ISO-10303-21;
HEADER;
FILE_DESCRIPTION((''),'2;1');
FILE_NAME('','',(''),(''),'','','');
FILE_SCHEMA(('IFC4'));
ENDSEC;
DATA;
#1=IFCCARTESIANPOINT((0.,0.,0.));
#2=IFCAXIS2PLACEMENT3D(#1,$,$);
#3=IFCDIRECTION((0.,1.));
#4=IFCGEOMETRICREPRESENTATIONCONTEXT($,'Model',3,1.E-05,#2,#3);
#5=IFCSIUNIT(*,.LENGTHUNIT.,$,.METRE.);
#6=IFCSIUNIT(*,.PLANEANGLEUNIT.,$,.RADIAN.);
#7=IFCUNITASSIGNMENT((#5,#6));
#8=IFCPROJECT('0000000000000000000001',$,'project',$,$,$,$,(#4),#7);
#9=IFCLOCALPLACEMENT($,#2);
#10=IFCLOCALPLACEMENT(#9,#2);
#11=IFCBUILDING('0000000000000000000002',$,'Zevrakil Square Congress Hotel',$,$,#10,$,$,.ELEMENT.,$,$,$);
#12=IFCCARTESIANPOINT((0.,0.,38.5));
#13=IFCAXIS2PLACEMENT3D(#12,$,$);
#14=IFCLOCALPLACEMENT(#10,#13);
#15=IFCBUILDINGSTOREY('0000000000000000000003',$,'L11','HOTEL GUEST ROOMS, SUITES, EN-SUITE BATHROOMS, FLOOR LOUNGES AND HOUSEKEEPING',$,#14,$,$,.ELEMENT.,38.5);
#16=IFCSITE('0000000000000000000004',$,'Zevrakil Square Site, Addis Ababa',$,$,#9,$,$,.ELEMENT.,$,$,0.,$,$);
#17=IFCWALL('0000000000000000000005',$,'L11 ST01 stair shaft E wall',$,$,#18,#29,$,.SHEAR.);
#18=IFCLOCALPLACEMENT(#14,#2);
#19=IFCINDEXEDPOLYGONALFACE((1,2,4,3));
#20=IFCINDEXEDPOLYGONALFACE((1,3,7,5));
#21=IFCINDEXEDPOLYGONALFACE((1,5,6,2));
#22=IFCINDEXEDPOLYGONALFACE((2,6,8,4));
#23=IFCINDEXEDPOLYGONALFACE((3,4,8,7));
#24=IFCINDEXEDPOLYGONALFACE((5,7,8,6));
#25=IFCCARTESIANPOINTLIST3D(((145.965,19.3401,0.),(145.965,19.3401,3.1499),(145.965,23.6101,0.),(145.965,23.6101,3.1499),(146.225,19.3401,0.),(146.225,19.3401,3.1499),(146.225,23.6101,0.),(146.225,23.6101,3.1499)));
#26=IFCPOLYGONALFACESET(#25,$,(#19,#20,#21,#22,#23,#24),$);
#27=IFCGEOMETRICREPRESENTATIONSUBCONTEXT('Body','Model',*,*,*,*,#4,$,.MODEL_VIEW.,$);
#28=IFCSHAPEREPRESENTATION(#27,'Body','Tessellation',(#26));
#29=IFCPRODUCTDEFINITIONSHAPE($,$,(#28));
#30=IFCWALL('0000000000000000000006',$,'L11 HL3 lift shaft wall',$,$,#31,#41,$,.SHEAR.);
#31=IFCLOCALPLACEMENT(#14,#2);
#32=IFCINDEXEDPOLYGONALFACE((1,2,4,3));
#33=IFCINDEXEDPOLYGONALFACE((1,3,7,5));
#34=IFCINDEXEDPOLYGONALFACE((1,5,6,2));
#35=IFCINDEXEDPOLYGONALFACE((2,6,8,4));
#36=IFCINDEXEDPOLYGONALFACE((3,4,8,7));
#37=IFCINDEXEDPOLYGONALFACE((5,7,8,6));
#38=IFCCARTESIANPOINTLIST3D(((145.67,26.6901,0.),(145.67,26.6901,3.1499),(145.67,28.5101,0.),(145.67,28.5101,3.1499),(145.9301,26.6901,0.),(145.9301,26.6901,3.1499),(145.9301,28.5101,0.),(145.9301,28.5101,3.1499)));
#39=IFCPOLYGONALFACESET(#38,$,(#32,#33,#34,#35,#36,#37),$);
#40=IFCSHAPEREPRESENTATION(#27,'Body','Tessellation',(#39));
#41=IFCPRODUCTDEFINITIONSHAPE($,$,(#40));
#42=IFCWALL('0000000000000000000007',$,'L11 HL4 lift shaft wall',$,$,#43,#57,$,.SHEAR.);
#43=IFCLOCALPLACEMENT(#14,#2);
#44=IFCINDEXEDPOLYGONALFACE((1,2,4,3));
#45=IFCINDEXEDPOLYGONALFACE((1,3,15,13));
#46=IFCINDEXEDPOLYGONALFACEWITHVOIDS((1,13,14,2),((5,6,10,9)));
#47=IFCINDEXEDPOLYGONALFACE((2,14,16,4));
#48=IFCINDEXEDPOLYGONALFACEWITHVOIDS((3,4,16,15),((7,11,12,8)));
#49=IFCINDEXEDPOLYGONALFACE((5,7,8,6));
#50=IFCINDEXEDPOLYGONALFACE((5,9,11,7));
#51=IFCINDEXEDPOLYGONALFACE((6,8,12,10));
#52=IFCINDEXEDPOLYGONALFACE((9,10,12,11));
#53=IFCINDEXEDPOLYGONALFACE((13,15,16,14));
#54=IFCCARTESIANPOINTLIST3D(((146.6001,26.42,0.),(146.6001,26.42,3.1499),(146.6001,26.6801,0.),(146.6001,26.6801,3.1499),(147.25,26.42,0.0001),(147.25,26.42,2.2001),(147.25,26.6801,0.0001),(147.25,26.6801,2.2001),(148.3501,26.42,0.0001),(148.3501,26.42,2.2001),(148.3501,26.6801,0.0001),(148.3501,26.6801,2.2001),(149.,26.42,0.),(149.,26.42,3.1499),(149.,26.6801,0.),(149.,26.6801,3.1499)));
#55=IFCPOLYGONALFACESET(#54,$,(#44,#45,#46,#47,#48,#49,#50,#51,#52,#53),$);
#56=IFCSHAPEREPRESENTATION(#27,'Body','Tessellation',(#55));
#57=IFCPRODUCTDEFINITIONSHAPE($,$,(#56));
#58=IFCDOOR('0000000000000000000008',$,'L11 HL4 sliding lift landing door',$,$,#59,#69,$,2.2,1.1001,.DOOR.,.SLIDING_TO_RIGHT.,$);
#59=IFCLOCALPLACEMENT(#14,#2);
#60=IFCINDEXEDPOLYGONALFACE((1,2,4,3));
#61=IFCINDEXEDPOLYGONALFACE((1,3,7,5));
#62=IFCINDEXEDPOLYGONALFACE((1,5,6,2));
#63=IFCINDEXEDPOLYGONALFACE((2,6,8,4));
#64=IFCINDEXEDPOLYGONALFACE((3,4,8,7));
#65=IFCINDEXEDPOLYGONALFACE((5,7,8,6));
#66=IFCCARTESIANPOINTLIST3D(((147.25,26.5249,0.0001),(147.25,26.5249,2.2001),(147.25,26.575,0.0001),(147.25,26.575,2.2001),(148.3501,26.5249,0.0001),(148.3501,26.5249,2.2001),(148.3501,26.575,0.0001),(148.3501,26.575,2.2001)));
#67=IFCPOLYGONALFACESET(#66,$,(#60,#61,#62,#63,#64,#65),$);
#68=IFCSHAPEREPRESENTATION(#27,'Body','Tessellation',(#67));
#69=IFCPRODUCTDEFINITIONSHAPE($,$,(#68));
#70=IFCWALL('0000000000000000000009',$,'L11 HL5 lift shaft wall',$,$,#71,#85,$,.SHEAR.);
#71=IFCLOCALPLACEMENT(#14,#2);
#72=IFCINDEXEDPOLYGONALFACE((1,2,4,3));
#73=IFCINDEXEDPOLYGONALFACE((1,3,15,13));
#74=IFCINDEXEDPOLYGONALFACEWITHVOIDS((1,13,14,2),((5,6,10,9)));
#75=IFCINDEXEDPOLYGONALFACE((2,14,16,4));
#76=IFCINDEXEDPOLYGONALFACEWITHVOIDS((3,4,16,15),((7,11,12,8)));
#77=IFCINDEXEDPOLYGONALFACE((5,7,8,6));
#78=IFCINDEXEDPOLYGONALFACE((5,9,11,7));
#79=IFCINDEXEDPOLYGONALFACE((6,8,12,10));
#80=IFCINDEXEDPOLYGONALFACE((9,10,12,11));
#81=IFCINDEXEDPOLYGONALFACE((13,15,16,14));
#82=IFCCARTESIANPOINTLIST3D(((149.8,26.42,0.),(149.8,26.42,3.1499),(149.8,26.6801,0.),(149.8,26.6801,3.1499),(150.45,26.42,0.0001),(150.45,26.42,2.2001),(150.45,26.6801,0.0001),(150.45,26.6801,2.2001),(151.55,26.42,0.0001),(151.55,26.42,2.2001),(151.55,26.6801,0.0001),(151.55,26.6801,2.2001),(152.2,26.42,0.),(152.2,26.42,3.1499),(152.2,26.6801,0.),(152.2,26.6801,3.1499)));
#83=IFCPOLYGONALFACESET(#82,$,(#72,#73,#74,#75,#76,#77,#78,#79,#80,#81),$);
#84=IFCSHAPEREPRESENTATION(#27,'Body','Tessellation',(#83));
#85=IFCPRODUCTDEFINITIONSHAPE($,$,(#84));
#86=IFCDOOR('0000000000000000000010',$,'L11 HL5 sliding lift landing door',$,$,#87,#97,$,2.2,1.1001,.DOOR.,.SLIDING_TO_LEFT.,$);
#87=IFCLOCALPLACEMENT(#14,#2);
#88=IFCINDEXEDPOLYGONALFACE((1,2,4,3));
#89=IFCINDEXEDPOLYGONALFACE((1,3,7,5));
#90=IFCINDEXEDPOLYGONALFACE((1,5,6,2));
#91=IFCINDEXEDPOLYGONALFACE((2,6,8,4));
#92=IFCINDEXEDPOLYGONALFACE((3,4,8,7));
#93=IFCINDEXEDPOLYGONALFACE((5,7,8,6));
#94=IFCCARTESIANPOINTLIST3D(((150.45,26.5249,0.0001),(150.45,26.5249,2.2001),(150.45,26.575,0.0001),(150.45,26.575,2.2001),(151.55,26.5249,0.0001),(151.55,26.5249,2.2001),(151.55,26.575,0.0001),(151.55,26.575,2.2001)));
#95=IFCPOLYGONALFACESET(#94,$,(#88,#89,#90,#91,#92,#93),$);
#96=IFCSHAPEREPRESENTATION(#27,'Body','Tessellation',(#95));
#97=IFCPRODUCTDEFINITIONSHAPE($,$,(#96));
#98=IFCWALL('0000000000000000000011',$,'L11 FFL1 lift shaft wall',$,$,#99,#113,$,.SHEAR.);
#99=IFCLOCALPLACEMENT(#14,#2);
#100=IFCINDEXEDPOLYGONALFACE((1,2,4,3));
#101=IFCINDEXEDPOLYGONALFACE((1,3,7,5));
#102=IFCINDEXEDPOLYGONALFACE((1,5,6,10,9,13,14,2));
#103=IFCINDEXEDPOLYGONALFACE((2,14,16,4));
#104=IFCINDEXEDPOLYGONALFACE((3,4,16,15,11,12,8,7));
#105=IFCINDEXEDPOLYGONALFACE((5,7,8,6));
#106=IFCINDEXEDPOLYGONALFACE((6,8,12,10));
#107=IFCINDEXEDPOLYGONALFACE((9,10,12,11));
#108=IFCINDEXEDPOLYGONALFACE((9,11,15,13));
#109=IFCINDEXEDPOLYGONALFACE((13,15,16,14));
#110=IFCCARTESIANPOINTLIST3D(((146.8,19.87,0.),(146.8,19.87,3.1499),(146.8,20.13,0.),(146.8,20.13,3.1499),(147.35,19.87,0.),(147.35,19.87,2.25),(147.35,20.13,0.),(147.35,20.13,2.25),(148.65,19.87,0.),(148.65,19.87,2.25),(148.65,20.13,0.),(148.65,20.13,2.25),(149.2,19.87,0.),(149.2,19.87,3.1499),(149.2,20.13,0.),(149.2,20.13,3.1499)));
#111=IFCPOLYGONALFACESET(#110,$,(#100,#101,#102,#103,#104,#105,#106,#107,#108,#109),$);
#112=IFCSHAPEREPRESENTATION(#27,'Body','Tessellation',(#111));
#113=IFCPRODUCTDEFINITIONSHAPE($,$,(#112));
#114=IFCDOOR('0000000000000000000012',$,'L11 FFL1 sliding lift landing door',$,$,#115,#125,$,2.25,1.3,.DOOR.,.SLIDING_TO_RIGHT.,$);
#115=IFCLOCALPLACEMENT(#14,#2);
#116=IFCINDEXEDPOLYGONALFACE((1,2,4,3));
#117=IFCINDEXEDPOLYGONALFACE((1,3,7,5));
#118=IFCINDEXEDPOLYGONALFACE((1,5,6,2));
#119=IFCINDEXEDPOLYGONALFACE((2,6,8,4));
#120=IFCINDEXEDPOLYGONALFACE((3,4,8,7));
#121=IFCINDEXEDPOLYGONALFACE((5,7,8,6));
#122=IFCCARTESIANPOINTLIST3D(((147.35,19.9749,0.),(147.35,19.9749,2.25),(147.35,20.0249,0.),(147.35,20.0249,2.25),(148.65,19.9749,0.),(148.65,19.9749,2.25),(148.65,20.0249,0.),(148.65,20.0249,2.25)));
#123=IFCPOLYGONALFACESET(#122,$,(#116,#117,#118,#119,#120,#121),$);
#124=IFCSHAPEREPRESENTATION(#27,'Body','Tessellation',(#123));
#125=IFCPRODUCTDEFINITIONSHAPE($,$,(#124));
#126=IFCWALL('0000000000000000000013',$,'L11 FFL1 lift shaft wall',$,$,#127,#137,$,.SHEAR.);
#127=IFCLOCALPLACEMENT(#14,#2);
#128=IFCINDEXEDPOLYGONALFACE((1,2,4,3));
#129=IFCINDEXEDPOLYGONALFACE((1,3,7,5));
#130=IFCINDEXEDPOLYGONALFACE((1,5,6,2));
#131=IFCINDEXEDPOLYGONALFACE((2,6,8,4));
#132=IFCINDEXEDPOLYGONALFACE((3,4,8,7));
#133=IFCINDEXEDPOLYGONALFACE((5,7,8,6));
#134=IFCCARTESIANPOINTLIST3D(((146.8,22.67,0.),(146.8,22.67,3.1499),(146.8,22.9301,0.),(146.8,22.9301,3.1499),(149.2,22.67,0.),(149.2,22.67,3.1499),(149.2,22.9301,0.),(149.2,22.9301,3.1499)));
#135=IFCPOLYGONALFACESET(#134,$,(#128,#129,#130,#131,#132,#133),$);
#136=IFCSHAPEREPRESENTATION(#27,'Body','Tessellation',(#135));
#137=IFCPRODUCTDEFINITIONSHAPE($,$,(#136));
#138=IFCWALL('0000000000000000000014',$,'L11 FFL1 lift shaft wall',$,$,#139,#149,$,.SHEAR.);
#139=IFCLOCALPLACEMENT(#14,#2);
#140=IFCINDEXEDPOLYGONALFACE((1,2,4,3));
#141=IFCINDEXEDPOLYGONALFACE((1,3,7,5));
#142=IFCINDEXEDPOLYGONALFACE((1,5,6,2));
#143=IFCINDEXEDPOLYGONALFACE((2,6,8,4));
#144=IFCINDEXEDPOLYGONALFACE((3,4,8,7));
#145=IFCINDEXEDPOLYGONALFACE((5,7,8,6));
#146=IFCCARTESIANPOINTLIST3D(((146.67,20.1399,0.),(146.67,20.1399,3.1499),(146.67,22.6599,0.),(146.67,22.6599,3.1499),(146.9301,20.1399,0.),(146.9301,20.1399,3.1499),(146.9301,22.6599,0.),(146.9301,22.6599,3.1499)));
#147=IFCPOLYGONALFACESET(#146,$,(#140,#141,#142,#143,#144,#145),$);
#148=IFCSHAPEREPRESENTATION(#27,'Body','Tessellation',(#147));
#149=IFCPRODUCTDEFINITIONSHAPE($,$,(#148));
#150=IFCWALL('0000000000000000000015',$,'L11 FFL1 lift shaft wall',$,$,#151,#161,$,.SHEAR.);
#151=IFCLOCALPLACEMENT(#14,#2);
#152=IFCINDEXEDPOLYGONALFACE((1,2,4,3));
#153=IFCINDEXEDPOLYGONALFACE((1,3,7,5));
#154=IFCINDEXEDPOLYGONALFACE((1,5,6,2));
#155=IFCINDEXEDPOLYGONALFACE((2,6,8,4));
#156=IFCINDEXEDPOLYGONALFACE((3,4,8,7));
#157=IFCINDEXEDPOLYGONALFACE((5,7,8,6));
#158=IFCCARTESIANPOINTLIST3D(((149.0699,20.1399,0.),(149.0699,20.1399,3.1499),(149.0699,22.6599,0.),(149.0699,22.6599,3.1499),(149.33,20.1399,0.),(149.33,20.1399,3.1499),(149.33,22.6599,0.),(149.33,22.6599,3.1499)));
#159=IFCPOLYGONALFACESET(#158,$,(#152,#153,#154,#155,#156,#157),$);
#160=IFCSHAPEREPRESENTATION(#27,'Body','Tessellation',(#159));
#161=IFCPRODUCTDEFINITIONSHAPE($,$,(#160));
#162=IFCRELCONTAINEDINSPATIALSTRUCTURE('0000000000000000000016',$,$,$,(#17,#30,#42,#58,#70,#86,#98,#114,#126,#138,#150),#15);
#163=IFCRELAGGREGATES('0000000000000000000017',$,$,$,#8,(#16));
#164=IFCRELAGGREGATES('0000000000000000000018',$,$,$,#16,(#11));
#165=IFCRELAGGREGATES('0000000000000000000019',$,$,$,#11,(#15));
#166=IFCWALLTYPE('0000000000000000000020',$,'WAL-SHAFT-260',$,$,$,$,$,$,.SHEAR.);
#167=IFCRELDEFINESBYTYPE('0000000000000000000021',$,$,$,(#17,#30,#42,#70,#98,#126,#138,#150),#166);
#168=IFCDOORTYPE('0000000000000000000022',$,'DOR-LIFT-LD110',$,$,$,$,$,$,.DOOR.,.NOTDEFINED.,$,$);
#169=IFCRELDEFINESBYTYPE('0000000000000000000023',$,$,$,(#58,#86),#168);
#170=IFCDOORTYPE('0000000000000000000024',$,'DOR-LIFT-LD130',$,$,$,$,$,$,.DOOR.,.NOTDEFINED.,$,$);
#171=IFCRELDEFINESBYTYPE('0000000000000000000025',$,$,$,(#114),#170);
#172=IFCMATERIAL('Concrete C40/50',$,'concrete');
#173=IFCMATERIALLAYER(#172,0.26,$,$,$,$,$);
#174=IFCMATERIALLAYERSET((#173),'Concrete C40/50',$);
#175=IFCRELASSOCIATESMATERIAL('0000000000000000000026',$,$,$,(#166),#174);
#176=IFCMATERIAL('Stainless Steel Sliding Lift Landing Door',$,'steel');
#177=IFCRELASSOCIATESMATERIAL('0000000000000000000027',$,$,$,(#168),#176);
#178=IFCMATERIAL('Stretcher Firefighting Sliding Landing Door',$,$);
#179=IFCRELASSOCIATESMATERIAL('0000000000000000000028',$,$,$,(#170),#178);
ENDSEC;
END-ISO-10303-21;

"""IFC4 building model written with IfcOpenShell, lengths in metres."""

from ifc_helpers import new_model, si_unit, direction, frame, frame_2d, origin, place, context, subcontext, project, spatial, rectangle, extrude, material, layer, layer_set, type_object, element, fill, save


model = new_model("IFC4")

# Units and contexts
model_context = context("Model", 3, precision=1e-05, world=origin(), true_north=direction((0.0, 1.0)))
body_context = subcontext(model_context, "Body", "Model", "MODEL_VIEW")
ifc_project = project(units=[si_unit("LENGTHUNIT", "METRE"), si_unit("PLANEANGLEUNIT", "RADIAN")], contexts=[model_context])

# Site, building, storey
site_placement = place(None, origin())
site = spatial("IfcSite", under=ifc_project, at=site_placement, Name="Zevrakil Square Site, Addis Ababa", CompositionType="ELEMENT", RefElevation=0.0)
building_placement = place(site_placement, origin())
building = spatial("IfcBuilding", under=site, at=building_placement, Name="Zevrakil Square Congress Hotel", CompositionType="ELEMENT")
storey_placement = place(building_placement, frame((0.0, 0.0, 38.5)))
storey = spatial("IfcBuildingStorey", under=building, at=storey_placement, Name="L11", Description="HOTEL GUEST ROOMS, SUITES, EN-SUITE BATHROOMS, FLOOR LOUNGES AND HOUSEKEEPING", CompositionType="ELEMENT", Elevation=38.5)

# Walls
ifc_material_1 = material(Name="Concrete C40/50", Category="concrete")
ifc_layer_1 = layer(ifc_material_1, 0.26)
ifc_layer_set_1 = layer_set([ifc_layer_1], Name="Concrete C40/50")
wall_type_1 = type_object("IfcWallType", Name="WAL-SHAFT-260", PredefinedType="SHEAR", material=ifc_layer_set_1)
wall_1_placement = place(storey_placement, frame((146.095, 19.3401, 0.0), z_axis=(0.0, 0.0, 1.0), x_axis=(0.0, 1.0, 0.0)))
element("IfcWall", 1, at=wall_1_placement, inside=storey, type_object=wall_type_1, Name="L11 ST01 stair shaft E wall", PredefinedType="SHEAR", context=body_context, shape_type="SweptSolid", body=[
    extrude(rectangle(XDim=4.27, YDim=0.26, at=frame_2d((2.135, 0.0))), origin(), (0.0, 0.0, 1.0), 3.1499),
])
wall_2_placement = place(storey_placement, frame((145.8, 26.6899, 0.0), z_axis=(0.0, 0.0, 1.0), x_axis=(0.0, 1.0, 0.0)))
element("IfcWall", 2, at=wall_2_placement, inside=storey, type_object=wall_type_1, Name="L11 HL3 lift shaft wall", PredefinedType="SHEAR", context=body_context, shape_type="SweptSolid", body=[
    extrude(rectangle(XDim=1.8201, YDim=0.26, at=frame_2d((0.9102, 0.0))), origin(), (0.0, 0.0, 1.0), 3.1499),
])

# Walls, openings, doors
wall_3_placement = place(storey_placement, frame((146.6001, 26.55, 0.0), z_axis=(0.0, 0.0, 1.0), x_axis=(1.0, 0.0, 0.0)))
wall_3 = element("IfcWall", 3, at=wall_3_placement, inside=storey, type_object=wall_type_1, Name="L11 HL4 lift shaft wall", PredefinedType="SHEAR", context=body_context, shape_type="SweptSolid", body=[
    extrude(rectangle(XDim=2.3999, YDim=0.26, at=frame_2d((1.2, 0.0))), origin(), (0.0, 0.0, 1.0), 3.1499),
])
opening_1_placement = place(wall_3_placement, frame((0.6499, 0.0, 0.0)))
opening_1 = element("IfcOpeningElement", 4, at=opening_1_placement, cuts=wall_3, PredefinedType="OPENING", context=body_context, shape_type="SweptSolid", body=[
    extrude(rectangle(XDim=1.1001, YDim=2.2, at=frame_2d((0.55, 1.1001))), frame((0.0, 0.1401, 0.0), z_axis=(0.0, -1.0, 0.0), x_axis=(1.0, 0.0, 0.0)), (0.0, 0.0, 1.0), 0.28),
])
ifc_material_2 = material(Name="Stainless Steel Sliding Lift Landing Door", Category="steel")
door_type_1 = type_object("IfcDoorType", Name="DOR-LIFT-LD110", OperationType="NOTDEFINED", PredefinedType="DOOR", material=ifc_material_2)
door_1_placement = place(opening_1_placement, origin())
door_1 = element("IfcDoor", 5, at=door_1_placement, inside=storey, type_object=door_type_1, Name="L11 HL4 sliding lift landing door", OperationType="SLIDING_TO_RIGHT", OverallHeight=2.2, OverallWidth=1.1001, PredefinedType="DOOR", context=body_context, shape_type="SweptSolid", body=[
    extrude(rectangle(XDim=1.1001, YDim=2.2, at=frame_2d((0.55, 1.1001))), frame((0.0, 0.0249, 0.0), z_axis=(0.0, -1.0, 0.0), x_axis=(1.0, 0.0, 0.0)), (0.0, 0.0, 1.0), 0.05),
])
fill(opening_1, door_1)
wall_4_placement = place(storey_placement, frame((149.8, 26.55, 0.0), z_axis=(0.0, 0.0, 1.0), x_axis=(1.0, 0.0, 0.0)))
wall_4 = element("IfcWall", 6, at=wall_4_placement, inside=storey, type_object=wall_type_1, Name="L11 HL5 lift shaft wall", PredefinedType="SHEAR", context=body_context, shape_type="SweptSolid", body=[
    extrude(rectangle(XDim=2.3999, YDim=0.26, at=frame_2d((1.2, 0.0))), origin(), (0.0, 0.0, 1.0), 3.1499),
])
opening_2_placement = place(wall_4_placement, frame((0.6499, 0.0, 0.0)))
opening_2 = element("IfcOpeningElement", 7, at=opening_2_placement, cuts=wall_4, PredefinedType="OPENING", context=body_context, shape_type="SweptSolid", body=[
    extrude(rectangle(XDim=1.1001, YDim=2.2, at=frame_2d((0.55, 1.1001))), frame((0.0, 0.1401, 0.0), z_axis=(0.0, -1.0, 0.0), x_axis=(1.0, 0.0, 0.0)), (0.0, 0.0, 1.0), 0.28),
])
door_2_placement = place(opening_2_placement, origin())
door_2 = element("IfcDoor", 8, at=door_2_placement, inside=storey, type_object=door_type_1, Name="L11 HL5 sliding lift landing door", OperationType="SLIDING_TO_LEFT", OverallHeight=2.2, OverallWidth=1.1001, PredefinedType="DOOR", context=body_context, shape_type="SweptSolid", body=[
    extrude(rectangle(XDim=1.1001, YDim=2.2, at=frame_2d((0.55, 1.1001))), frame((0.0, 0.0249, 0.0), z_axis=(0.0, -1.0, 0.0), x_axis=(1.0, 0.0, 0.0)), (0.0, 0.0, 1.0), 0.05),
])
fill(opening_2, door_2)
wall_5_placement = place(storey_placement, frame((146.8, 20.0, 0.0), z_axis=(0.0, 0.0, 1.0), x_axis=(1.0, 0.0, 0.0)))
wall_5 = element("IfcWall", 9, at=wall_5_placement, inside=storey, type_object=wall_type_1, Name="L11 FFL1 lift shaft wall", PredefinedType="SHEAR", context=body_context, shape_type="SweptSolid", body=[
    extrude(rectangle(XDim=2.3999, YDim=0.26, at=frame_2d((1.2, 0.0))), origin(), (0.0, 0.0, 1.0), 3.1499),
])
opening_3_placement = place(wall_5_placement, frame((0.55, 0.0, 0.0)))
opening_3 = element("IfcOpeningElement", 10, at=opening_3_placement, cuts=wall_5, PredefinedType="OPENING", context=body_context, shape_type="SweptSolid", body=[
    extrude(rectangle(XDim=1.3, YDim=2.25, at=frame_2d((0.6499, 1.125))), frame((0.0, 0.1401, 0.0), z_axis=(0.0, -1.0, 0.0), x_axis=(1.0, 0.0, 0.0)), (0.0, 0.0, 1.0), 0.28),
])
ifc_material_3 = material(Name="Stretcher Firefighting Sliding Landing Door")
door_type_2 = type_object("IfcDoorType", Name="DOR-LIFT-LD130", OperationType="NOTDEFINED", PredefinedType="DOOR", material=ifc_material_3)
door_3_placement = place(opening_3_placement, origin())
door_3 = element("IfcDoor", 11, at=door_3_placement, inside=storey, type_object=door_type_2, Name="L11 FFL1 sliding lift landing door", OperationType="SLIDING_TO_RIGHT", OverallHeight=2.25, OverallWidth=1.3, PredefinedType="DOOR", context=body_context, shape_type="SweptSolid", body=[
    extrude(rectangle(XDim=1.3, YDim=2.25, at=frame_2d((0.6499, 1.125))), frame((0.0, 0.0249, 0.0), z_axis=(0.0, -1.0, 0.0), x_axis=(1.0, 0.0, 0.0)), (0.0, 0.0, 1.0), 0.05),
])
fill(opening_3, door_3)

# Walls
wall_6_placement = place(storey_placement, frame((146.8, 22.8, 0.0), z_axis=(0.0, 0.0, 1.0), x_axis=(1.0, 0.0, 0.0)))
element("IfcWall", 12, at=wall_6_placement, inside=storey, type_object=wall_type_1, Name="L11 FFL1 lift shaft wall", PredefinedType="SHEAR", context=body_context, shape_type="SweptSolid", body=[
    extrude(rectangle(XDim=2.3999, YDim=0.26, at=frame_2d((1.2, 0.0))), origin(), (0.0, 0.0, 1.0), 3.1499),
])
for number, where, z_axis, x_axis, name in (
    (13, (146.8, 20.1399, 0.0), (0.0, 0.0, 1.0), (0.0, 1.0, 0.0), "L11 FFL1 lift shaft wall"),
    (14, (149.2, 20.1399, 0.0), (0.0, 0.0, 1.0), (0.0, 1.0, 0.0), "L11 FFL1 lift shaft wall"),
):
    element("IfcWall", number, at=place(storey_placement, frame(where, z_axis=z_axis, x_axis=x_axis)), inside=storey, type_object=wall_type_1, Name=name, PredefinedType="SHEAR", context=body_context, shape_type="SweptSolid", body=[
        extrude(rectangle(XDim=2.52, YDim=0.26, at=frame_2d((1.26, 0.0))), origin(), (0.0, 0.0, 1.0), 3.1499),
    ])

save(model, "model.ifc")
